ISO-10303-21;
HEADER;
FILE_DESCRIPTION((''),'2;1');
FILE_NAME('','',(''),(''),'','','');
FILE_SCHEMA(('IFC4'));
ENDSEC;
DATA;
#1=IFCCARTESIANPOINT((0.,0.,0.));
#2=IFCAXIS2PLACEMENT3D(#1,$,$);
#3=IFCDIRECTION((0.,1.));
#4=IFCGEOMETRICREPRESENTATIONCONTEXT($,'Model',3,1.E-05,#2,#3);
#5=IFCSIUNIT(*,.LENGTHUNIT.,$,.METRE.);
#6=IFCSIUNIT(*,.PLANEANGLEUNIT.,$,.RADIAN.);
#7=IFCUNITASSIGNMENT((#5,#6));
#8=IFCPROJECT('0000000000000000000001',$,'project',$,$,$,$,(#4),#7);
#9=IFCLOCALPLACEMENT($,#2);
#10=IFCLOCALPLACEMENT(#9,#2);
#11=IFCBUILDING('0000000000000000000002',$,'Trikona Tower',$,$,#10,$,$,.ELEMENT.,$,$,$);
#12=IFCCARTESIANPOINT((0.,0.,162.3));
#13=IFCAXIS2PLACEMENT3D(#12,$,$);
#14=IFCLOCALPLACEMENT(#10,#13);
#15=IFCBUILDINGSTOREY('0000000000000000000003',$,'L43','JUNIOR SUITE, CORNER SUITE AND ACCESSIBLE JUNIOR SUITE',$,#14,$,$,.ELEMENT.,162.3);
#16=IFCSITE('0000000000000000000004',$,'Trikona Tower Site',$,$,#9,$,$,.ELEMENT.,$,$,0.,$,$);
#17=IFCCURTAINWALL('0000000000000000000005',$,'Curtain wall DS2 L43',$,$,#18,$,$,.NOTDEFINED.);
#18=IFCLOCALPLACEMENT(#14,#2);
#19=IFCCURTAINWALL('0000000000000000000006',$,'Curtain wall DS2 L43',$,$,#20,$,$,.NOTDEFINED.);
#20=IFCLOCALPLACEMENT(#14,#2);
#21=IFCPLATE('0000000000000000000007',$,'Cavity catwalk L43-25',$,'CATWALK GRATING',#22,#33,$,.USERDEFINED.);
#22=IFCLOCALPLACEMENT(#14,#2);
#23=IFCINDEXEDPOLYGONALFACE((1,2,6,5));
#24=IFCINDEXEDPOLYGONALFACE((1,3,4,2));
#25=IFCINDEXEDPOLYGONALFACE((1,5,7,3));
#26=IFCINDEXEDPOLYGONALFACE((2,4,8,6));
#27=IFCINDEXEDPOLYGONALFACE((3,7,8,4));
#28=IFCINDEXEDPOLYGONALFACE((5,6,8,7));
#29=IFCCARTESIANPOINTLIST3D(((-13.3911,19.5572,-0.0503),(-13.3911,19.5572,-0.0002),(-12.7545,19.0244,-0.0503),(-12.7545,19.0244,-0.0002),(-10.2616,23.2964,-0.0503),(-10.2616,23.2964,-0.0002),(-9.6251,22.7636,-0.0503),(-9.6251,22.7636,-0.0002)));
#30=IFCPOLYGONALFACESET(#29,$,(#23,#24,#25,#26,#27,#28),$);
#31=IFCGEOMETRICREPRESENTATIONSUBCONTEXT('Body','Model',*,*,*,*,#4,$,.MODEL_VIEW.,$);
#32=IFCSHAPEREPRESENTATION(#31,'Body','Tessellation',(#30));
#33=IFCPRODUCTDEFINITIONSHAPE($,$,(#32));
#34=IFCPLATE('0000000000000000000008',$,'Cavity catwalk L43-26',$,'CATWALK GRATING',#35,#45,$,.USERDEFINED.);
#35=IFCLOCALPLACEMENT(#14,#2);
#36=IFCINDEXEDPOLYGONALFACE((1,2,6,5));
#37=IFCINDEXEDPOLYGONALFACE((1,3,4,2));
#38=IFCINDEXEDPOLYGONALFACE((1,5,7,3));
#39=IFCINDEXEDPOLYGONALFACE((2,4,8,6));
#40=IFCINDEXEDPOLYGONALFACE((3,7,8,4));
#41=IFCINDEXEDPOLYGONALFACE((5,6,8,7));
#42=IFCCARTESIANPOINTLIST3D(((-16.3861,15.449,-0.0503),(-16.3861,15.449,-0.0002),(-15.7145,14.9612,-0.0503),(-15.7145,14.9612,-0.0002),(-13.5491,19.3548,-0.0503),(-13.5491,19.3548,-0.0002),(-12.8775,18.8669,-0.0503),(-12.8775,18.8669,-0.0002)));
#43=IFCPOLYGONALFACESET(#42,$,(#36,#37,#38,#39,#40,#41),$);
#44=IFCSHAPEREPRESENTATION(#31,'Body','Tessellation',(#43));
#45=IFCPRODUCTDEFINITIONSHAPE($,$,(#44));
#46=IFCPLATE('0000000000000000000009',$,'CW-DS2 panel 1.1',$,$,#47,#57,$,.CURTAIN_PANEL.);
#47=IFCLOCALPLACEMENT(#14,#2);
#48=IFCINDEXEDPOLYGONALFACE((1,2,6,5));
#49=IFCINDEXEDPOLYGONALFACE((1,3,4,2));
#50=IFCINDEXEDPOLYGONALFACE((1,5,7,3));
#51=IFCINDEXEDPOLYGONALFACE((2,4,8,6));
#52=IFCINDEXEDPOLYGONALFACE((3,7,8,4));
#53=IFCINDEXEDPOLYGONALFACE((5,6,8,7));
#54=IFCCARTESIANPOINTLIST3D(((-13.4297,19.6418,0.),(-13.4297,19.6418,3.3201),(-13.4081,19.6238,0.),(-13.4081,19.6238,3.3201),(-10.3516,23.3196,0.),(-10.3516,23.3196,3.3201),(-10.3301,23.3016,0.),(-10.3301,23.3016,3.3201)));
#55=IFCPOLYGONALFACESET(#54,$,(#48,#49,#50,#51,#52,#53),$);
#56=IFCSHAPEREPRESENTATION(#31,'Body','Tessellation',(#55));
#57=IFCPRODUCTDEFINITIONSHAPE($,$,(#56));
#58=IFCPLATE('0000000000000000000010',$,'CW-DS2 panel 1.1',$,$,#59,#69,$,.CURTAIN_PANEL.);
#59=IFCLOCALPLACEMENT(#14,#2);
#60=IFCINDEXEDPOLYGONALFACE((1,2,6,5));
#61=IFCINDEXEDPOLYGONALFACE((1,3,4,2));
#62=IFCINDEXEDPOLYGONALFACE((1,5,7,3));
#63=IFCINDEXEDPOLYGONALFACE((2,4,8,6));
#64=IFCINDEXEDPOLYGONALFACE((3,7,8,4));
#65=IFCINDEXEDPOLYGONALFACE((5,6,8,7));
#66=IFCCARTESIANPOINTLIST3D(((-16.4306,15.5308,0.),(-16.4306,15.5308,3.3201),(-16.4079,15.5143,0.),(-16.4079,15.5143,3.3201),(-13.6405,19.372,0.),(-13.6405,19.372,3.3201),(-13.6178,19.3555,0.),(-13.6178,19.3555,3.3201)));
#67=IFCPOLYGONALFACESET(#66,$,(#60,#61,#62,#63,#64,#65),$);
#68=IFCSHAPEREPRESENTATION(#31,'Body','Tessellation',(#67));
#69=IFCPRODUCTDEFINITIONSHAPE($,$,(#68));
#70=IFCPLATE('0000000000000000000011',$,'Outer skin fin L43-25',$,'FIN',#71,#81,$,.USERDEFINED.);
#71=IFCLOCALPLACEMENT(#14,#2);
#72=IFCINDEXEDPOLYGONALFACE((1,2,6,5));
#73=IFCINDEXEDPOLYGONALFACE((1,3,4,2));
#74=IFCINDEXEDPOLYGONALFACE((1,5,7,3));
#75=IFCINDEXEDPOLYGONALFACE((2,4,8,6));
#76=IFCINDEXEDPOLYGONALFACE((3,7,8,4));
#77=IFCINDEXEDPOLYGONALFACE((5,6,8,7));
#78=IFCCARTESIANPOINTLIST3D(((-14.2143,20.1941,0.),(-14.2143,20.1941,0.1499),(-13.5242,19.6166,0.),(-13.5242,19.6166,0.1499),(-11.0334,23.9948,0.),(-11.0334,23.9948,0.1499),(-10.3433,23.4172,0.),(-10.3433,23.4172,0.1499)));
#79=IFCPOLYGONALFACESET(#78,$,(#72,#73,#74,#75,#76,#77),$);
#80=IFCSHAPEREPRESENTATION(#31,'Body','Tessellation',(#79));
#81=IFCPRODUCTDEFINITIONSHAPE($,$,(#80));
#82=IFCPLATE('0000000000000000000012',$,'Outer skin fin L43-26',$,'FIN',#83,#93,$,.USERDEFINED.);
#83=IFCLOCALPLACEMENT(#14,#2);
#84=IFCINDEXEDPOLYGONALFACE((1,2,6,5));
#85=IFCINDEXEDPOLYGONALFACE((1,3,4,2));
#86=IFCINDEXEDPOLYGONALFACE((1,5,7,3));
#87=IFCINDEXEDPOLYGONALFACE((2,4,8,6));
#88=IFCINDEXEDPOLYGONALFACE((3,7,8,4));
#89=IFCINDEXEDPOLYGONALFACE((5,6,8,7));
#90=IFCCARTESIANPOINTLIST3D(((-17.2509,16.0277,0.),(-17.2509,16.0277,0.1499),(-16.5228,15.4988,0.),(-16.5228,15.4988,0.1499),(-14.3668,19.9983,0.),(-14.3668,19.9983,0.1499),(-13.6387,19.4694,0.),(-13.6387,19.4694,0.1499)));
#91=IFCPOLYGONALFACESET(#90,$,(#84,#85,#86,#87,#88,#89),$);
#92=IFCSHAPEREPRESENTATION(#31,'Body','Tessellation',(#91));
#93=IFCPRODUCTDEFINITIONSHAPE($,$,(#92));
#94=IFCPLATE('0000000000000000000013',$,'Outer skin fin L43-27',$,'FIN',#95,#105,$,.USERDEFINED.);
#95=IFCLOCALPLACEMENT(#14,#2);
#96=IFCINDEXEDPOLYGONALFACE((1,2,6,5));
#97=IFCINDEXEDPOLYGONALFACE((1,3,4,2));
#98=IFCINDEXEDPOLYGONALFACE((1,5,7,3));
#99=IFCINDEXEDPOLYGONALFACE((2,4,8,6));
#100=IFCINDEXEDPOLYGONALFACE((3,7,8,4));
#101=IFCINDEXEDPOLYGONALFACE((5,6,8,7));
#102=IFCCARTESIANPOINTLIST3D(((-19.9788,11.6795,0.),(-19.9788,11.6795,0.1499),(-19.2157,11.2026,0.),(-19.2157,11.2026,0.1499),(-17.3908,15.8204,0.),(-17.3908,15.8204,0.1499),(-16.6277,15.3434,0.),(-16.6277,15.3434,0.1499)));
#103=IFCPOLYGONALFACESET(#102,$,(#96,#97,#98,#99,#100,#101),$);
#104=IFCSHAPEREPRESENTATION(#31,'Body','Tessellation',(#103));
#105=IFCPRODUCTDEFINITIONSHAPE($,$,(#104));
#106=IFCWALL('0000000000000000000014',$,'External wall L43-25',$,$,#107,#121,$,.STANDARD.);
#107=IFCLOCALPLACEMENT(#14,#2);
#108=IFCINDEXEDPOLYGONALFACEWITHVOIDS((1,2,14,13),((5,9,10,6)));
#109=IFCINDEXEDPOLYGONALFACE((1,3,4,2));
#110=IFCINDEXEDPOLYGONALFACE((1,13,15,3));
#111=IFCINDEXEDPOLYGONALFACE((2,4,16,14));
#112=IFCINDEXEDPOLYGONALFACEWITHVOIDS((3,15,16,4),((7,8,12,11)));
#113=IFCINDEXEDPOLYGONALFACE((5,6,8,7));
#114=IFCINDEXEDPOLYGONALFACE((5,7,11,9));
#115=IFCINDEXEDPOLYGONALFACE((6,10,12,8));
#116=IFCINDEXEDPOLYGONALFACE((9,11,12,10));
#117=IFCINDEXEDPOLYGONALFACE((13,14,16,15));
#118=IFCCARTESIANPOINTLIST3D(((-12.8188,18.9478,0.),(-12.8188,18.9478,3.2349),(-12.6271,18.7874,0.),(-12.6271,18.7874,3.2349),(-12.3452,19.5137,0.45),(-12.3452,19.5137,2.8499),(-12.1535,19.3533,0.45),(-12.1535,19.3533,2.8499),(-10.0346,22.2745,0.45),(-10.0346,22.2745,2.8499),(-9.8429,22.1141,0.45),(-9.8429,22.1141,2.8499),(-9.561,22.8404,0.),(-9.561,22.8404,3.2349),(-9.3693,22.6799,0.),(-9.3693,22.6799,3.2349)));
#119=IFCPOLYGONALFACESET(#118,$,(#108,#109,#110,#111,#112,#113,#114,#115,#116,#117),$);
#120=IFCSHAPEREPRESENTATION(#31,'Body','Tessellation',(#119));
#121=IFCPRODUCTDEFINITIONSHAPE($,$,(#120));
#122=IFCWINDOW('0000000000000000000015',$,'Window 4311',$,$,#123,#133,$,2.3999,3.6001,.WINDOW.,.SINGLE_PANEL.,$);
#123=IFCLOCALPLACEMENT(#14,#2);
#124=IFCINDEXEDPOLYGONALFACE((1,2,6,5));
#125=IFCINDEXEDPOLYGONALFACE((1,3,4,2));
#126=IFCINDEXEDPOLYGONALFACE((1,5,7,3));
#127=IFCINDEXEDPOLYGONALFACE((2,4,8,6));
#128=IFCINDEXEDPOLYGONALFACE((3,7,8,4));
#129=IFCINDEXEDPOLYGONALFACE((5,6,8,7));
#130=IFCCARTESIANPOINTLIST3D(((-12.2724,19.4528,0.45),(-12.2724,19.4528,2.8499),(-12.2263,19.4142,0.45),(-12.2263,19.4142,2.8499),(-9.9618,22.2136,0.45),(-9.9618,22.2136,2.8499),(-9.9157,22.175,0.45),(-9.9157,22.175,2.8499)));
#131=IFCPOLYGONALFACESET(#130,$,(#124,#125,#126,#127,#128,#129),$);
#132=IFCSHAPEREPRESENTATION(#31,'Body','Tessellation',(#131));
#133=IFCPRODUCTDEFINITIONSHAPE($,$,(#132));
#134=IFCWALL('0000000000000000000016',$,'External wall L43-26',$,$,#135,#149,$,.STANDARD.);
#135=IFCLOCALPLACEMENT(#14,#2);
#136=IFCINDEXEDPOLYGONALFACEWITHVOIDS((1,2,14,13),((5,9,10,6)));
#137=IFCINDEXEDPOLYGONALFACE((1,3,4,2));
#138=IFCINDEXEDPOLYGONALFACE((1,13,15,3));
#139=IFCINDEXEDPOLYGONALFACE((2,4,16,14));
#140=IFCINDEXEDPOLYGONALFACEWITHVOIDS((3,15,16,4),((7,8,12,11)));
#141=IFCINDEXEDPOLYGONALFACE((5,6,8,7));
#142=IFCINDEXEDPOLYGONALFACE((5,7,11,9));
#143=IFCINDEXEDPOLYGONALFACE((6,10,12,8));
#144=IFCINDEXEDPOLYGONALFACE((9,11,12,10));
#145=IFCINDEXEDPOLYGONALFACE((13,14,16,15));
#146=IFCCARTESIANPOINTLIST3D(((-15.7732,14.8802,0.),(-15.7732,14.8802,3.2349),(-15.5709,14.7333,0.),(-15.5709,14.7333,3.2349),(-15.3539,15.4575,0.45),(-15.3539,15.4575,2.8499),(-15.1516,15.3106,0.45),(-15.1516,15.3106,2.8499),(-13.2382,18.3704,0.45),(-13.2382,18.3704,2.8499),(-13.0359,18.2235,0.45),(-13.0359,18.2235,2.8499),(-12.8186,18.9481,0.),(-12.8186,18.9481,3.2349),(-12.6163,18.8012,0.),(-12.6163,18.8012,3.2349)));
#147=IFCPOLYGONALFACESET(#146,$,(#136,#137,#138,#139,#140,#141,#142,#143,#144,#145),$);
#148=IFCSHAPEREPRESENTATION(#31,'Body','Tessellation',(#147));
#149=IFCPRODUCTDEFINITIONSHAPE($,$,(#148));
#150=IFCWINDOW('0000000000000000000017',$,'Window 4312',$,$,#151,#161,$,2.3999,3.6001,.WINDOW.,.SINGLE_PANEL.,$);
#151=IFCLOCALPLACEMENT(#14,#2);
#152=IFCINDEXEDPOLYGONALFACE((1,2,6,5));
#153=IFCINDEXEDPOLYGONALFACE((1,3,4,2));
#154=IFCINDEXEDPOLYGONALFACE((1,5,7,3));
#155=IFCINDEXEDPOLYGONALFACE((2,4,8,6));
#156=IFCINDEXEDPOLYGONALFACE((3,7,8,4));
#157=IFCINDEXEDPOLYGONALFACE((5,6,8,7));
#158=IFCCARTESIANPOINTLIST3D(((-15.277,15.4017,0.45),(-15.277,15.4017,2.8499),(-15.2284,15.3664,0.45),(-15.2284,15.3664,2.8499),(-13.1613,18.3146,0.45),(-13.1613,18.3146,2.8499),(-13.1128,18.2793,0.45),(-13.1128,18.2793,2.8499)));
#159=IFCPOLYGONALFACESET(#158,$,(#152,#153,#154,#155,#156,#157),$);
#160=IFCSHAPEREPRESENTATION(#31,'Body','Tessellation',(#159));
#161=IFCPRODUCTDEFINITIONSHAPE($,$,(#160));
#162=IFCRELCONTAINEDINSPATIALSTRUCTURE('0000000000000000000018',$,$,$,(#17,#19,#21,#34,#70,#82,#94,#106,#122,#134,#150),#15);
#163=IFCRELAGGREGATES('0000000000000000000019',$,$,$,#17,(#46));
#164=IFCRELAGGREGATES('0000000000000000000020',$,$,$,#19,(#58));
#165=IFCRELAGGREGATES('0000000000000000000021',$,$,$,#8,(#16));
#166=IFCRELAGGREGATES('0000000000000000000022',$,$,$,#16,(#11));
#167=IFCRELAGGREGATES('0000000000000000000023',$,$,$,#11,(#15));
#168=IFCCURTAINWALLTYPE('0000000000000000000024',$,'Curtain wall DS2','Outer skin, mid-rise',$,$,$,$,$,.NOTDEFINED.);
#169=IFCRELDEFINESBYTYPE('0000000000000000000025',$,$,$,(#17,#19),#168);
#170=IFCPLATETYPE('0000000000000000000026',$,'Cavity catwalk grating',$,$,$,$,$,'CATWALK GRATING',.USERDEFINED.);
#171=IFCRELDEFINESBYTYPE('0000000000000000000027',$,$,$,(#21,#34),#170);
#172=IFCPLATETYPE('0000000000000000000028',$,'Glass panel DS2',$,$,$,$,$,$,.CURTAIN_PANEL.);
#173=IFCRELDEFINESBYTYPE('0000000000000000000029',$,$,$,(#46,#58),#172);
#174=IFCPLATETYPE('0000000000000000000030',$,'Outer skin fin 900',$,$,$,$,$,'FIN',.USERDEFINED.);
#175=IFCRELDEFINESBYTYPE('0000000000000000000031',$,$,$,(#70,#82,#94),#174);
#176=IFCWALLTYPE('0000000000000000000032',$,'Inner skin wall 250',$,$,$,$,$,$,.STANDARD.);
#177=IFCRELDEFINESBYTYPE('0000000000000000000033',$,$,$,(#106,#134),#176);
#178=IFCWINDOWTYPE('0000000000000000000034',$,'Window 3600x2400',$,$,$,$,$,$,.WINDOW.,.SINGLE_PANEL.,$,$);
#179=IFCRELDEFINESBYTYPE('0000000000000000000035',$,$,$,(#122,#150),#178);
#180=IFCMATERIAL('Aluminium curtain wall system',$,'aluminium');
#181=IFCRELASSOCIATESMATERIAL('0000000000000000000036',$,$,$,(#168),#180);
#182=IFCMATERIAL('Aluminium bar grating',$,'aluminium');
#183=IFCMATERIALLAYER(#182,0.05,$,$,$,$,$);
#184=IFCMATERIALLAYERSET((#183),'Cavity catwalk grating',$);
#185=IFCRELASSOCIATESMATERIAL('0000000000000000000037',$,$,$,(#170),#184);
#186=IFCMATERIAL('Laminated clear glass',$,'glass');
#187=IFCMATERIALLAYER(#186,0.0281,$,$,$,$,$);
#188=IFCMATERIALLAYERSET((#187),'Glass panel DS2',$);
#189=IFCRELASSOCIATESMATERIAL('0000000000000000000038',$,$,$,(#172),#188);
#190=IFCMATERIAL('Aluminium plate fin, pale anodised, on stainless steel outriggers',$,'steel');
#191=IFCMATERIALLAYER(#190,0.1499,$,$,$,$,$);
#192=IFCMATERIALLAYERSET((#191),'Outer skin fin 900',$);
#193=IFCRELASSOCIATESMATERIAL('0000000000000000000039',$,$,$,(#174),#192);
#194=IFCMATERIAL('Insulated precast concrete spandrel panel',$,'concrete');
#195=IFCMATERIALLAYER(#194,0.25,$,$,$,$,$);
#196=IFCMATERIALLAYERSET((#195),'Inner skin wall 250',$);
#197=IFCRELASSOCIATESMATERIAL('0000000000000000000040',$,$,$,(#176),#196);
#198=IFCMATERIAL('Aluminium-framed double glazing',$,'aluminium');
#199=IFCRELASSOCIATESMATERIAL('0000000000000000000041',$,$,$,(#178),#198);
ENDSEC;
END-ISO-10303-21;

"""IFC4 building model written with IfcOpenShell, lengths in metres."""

from ifc_helpers import new_model, si_unit, direction, frame, frame_2d, origin, origin_2d, place, context, subcontext, project, spatial, rectangle, extrude, material, layer, layer_set, type_object, element, fill, aggregate, save


model = new_model("IFC4")

# Units and contexts
model_context = context("Model", 3, precision=1e-05, world=origin(), true_north=direction((0.0, 1.0)))
body_context = subcontext(model_context, "Body", "Model", "MODEL_VIEW")
ifc_project = project(units=[si_unit("LENGTHUNIT", "METRE"), si_unit("PLANEANGLEUNIT", "RADIAN")], contexts=[model_context])

# Site, building, storey
site_placement = place(None, origin())
site = spatial("IfcSite", under=ifc_project, at=site_placement, Name="Trikona Tower Site", CompositionType="ELEMENT", RefElevation=0.0)
building_placement = place(site_placement, origin())
building = spatial("IfcBuilding", under=site, at=building_placement, Name="Trikona Tower", CompositionType="ELEMENT")
storey_placement = place(building_placement, frame((0.0, 0.0, 162.3)))
storey = spatial("IfcBuildingStorey", under=building, at=storey_placement, Name="L43", Description="JUNIOR SUITE, CORNER SUITE AND ACCESSIBLE JUNIOR SUITE", CompositionType="ELEMENT", Elevation=162.3)

# Shared definitions
ifc_material_1 = material(Name="Aluminium curtain wall system", Category="aluminium")
curtain_wall_type = type_object("IfcCurtainWallType", Name="Curtain wall DS2", Description="Outer skin, mid-rise", PredefinedType="NOTDEFINED", material=ifc_material_1)

# Curtain walls
curtain_wall_1_placement = place(storey_placement, origin())
curtain_wall_1 = element("IfcCurtainWall", 1, at=curtain_wall_1_placement, inside=storey, type_object=curtain_wall_type, Name="Curtain wall DS2 L43", PredefinedType="NOTDEFINED")
curtain_wall_2_placement = place(storey_placement, origin())
curtain_wall_2 = element("IfcCurtainWall", 2, at=curtain_wall_2_placement, inside=storey, type_object=curtain_wall_type, Name="Curtain wall DS2 L43", PredefinedType="NOTDEFINED")

# Plates
ifc_material_2 = material(Name="Aluminium bar grating", Category="aluminium")
ifc_layer_1 = layer(ifc_material_2, 0.05)
ifc_layer_set_1 = layer_set([ifc_layer_1], Name="Cavity catwalk grating")
plate_type_1 = type_object("IfcPlateType", Name="Cavity catwalk grating", ElementType="CATWALK GRATING", PredefinedType="USERDEFINED", material=ifc_layer_set_1)
plate_1_placement = place(storey_placement, frame((-11.5081, 21.1604, -0.0503), z_axis=(0.0, 0.0, 1.0), x_axis=(-0.641807, -0.766866, 0.0)))
element("IfcPlate", 3, at=plate_1_placement, inside=storey, type_object=plate_type_1, Name="Cavity catwalk L43-25", ObjectType="CATWALK GRATING", PredefinedType="USERDEFINED", context=body_context, shape_type="SweptSolid", body=[
    extrude(rectangle(XDim=4.876, YDim=0.8301, at=origin_2d()), origin(), (0.0, 0.0, 1.0), 0.05),
])
plate_2_placement = place(storey_placement, frame((-14.6318, 17.158, -0.0503), z_axis=(0.0, 0.0, 1.0), x_axis=(-0.587686, -0.809089, 0.0)))
element("IfcPlate", 4, at=plate_2_placement, inside=storey, type_object=plate_type_1, Name="Cavity catwalk L43-26", ObjectType="CATWALK GRATING", PredefinedType="USERDEFINED", context=body_context, shape_type="SweptSolid", body=[
    extrude(rectangle(XDim=4.8274, YDim=0.8301, at=origin_2d()), origin(), (0.0, 0.0, 1.0), 0.05),
])

# Plates
ifc_material_3 = material(Name="Laminated clear glass", Category="glass")
ifc_layer_2 = layer(ifc_material_3, 0.0281)
ifc_layer_set_2 = layer_set([ifc_layer_2], Name="Glass panel DS2")
plate_type_2 = type_object("IfcPlateType", Name="Glass panel DS2", PredefinedType="CURTAIN_PANEL", material=ifc_layer_set_2)
plate_3_placement = place(storey_placement, frame((-11.8799, 21.4717, 0.0), z_axis=(0.0, 0.0, 1.0), x_axis=(-0.641806, -0.766867, 0.0)))
plate_3 = element("IfcPlate", 5, at=plate_3_placement, type_object=plate_type_2, Name="CW-DS2 panel 1.1", PredefinedType="CURTAIN_PANEL", context=body_context, shape_type="SweptSolid", body=[
    extrude(rectangle(XDim=4.7959, YDim=0.0281, at=origin_2d()), origin(), (0.0, 0.0, 1.0), 3.3201),
])
aggregate(curtain_wall_1, [plate_3])
plate_4_placement = place(storey_placement, frame((-15.0242, 17.4431, 0.0), z_axis=(0.0, 0.0, 1.0), x_axis=(-0.587691, -0.809086, 0.0)))
plate_4 = element("IfcPlate", 6, at=plate_4_placement, type_object=plate_type_2, Name="CW-DS2 panel 1.1", PredefinedType="CURTAIN_PANEL", context=body_context, shape_type="SweptSolid", body=[
    extrude(rectangle(XDim=4.7476, YDim=0.0281, at=origin_2d()), origin(), (0.0, 0.0, 1.0), 3.3201),
])
aggregate(curtain_wall_2, [plate_4])

# Plates
ifc_material_4 = material(Name="Aluminium plate fin, pale anodised, on stainless steel outriggers", Category="steel")
ifc_layer_3 = layer(ifc_material_4, 0.1499)
ifc_layer_set_3 = layer_set([ifc_layer_3], Name="Outer skin fin 900")
plate_type_3 = type_object("IfcPlateType", Name="Outer skin fin 900", ElementType="FIN", PredefinedType="USERDEFINED", material=ifc_layer_set_3)
plate_5_placement = place(storey_placement, frame((-12.2788, 21.8057, 0.0), z_axis=(0.0, 0.0, 1.0), x_axis=(-0.641807, -0.766866, 0.0)))
element("IfcPlate", 7, at=plate_5_placement, inside=storey, type_object=plate_type_3, Name="Outer skin fin L43-25", ObjectType="FIN", PredefinedType="USERDEFINED", context=body_context, shape_type="SweptSolid", body=[
    extrude(rectangle(XDim=4.9561, YDim=0.8999, at=origin_2d()), origin(), (0.0, 0.0, 1.0), 0.1499),
])
plate_6_placement = place(storey_placement, frame((-15.4448, 17.7485, 0.0), z_axis=(0.0, 0.0, 1.0), x_axis=(-0.587686, -0.809089, 0.0)))
element("IfcPlate", 8, at=plate_6_placement, inside=storey, type_object=plate_type_3, Name="Outer skin fin L43-26", ObjectType="FIN", PredefinedType="USERDEFINED", context=body_context, shape_type="SweptSolid", body=[
    extrude(rectangle(XDim=4.9075, YDim=0.8999, at=origin_2d()), origin(), (0.0, 0.0, 1.0), 0.1499),
])
plate_7_placement = place(storey_placement, frame((-18.3032, 13.5115, 0.0), z_axis=(0.0, 0.0, 1.0), x_axis=(-0.529995, -0.848001, 0.0)))
element("IfcPlate", 9, at=plate_7_placement, inside=storey, type_object=plate_type_3, Name="Outer skin fin L43-27", ObjectType="FIN", PredefinedType="USERDEFINED", context=body_context, shape_type="SweptSolid", body=[
    extrude(rectangle(XDim=4.8831, YDim=0.8999, at=origin_2d()), origin(), (0.0, 0.0, 1.0), 0.1499),
])

# Walls, openings, windows
ifc_material_5 = material(Name="Insulated precast concrete spandrel panel", Category="concrete")
ifc_layer_4 = layer(ifc_material_5, 0.25)
ifc_layer_set_4 = layer_set([ifc_layer_4], Name="Inner skin wall 250")
wall_type = type_object("IfcWallType", Name="Inner skin wall 250", PredefinedType="STANDARD", material=ifc_layer_set_4)
wall_1_placement = place(storey_placement, frame((-9.4651, 22.7603, 0.0), z_axis=(0.0, 0.0, 1.0), x_axis=(-0.64181, -0.766863, 0.0)))
wall_1 = element("IfcWall", 10, at=wall_1_placement, inside=storey, type_object=wall_type, Name="External wall L43-25", PredefinedType="STANDARD", context=body_context, shape_type="SweptSolid", body=[
    extrude(rectangle(XDim=5.0759, YDim=0.25, at=frame_2d((2.5381, 0.0))), origin(), (0.0, 0.0, 1.0), 3.2349),
])
opening_1_placement = place(wall_1_placement, frame((0.738, 0.0, 0.45)))
opening_1 = element("IfcOpeningElement", 11, at=opening_1_placement, cuts=wall_1, PredefinedType="OPENING", context=body_context, shape_type="SweptSolid", body=[
    extrude(rectangle(XDim=3.6001, YDim=2.3999, at=frame_2d((1.8, 1.2))), frame((0.0, 0.135, 0.0), z_axis=(0.0, -1.0, 0.0), x_axis=(1.0, 0.0, 0.0)), (0.0, 0.0, 1.0), 0.27),
])
ifc_material_6 = material(Name="Aluminium-framed double glazing", Category="aluminium")
window_type = type_object("IfcWindowType", Name="Window 3600x2400", PartitioningType="SINGLE_PANEL", PredefinedType="WINDOW", material=ifc_material_6)
window_1_placement = place(opening_1_placement, origin())
window_1 = element("IfcWindow", 12, at=window_1_placement, inside=storey, type_object=window_type, Name="Window 4311", OverallHeight=2.3999, OverallWidth=3.6001, PartitioningType="SINGLE_PANEL", PredefinedType="WINDOW", context=body_context, shape_type="SweptSolid", body=[
    extrude(rectangle(XDim=3.6001, YDim=2.3999, at=frame_2d((1.8, 1.2))), frame((0.0, 0.03, 0.0), z_axis=(0.0, -1.0, 0.0), x_axis=(1.0, 0.0, 0.0)), (0.0, 0.0, 1.0), 0.0601),
])
fill(opening_1, window_1)
wall_2_placement = place(storey_placement, frame((-12.7175, 18.8745, 0.0), z_axis=(0.0, 0.0, 1.0), x_axis=(-0.587669, -0.809101, 0.0)))
wall_2 = element("IfcWall", 13, at=wall_2_placement, inside=storey, type_object=wall_type, Name="External wall L43-26", PredefinedType="STANDARD", context=body_context, shape_type="SweptSolid", body=[
    extrude(rectangle(XDim=5.0276, YDim=0.25, at=frame_2d((2.5137, 0.0))), origin(), (0.0, 0.0, 1.0), 3.2349),
])
opening_2_placement = place(wall_2_placement, frame((0.7139, 0.0, 0.45)))
opening_2 = element("IfcOpeningElement", 14, at=opening_2_placement, cuts=wall_2, PredefinedType="OPENING", context=body_context, shape_type="SweptSolid", body=[
    extrude(rectangle(XDim=3.6001, YDim=2.3999, at=frame_2d((1.8, 1.2))), frame((0.0, 0.135, 0.0), z_axis=(0.0, -1.0, 0.0), x_axis=(1.0, 0.0, 0.0)), (0.0, 0.0, 1.0), 0.27),
])
window_2_placement = place(opening_2_placement, origin())
window_2 = element("IfcWindow", 15, at=window_2_placement, inside=storey, type_object=window_type, Name="Window 4312", OverallHeight=2.3999, OverallWidth=3.6001, PartitioningType="SINGLE_PANEL", PredefinedType="WINDOW", context=body_context, shape_type="SweptSolid", body=[
    extrude(rectangle(XDim=3.6001, YDim=2.3999, at=frame_2d((1.8, 1.2))), frame((0.0, 0.03, 0.0), z_axis=(0.0, -1.0, 0.0), x_axis=(1.0, 0.0, 0.0)), (0.0, 0.0, 1.0), 0.0601),
])
fill(opening_2, window_2)

save(model, "model.ifc")
